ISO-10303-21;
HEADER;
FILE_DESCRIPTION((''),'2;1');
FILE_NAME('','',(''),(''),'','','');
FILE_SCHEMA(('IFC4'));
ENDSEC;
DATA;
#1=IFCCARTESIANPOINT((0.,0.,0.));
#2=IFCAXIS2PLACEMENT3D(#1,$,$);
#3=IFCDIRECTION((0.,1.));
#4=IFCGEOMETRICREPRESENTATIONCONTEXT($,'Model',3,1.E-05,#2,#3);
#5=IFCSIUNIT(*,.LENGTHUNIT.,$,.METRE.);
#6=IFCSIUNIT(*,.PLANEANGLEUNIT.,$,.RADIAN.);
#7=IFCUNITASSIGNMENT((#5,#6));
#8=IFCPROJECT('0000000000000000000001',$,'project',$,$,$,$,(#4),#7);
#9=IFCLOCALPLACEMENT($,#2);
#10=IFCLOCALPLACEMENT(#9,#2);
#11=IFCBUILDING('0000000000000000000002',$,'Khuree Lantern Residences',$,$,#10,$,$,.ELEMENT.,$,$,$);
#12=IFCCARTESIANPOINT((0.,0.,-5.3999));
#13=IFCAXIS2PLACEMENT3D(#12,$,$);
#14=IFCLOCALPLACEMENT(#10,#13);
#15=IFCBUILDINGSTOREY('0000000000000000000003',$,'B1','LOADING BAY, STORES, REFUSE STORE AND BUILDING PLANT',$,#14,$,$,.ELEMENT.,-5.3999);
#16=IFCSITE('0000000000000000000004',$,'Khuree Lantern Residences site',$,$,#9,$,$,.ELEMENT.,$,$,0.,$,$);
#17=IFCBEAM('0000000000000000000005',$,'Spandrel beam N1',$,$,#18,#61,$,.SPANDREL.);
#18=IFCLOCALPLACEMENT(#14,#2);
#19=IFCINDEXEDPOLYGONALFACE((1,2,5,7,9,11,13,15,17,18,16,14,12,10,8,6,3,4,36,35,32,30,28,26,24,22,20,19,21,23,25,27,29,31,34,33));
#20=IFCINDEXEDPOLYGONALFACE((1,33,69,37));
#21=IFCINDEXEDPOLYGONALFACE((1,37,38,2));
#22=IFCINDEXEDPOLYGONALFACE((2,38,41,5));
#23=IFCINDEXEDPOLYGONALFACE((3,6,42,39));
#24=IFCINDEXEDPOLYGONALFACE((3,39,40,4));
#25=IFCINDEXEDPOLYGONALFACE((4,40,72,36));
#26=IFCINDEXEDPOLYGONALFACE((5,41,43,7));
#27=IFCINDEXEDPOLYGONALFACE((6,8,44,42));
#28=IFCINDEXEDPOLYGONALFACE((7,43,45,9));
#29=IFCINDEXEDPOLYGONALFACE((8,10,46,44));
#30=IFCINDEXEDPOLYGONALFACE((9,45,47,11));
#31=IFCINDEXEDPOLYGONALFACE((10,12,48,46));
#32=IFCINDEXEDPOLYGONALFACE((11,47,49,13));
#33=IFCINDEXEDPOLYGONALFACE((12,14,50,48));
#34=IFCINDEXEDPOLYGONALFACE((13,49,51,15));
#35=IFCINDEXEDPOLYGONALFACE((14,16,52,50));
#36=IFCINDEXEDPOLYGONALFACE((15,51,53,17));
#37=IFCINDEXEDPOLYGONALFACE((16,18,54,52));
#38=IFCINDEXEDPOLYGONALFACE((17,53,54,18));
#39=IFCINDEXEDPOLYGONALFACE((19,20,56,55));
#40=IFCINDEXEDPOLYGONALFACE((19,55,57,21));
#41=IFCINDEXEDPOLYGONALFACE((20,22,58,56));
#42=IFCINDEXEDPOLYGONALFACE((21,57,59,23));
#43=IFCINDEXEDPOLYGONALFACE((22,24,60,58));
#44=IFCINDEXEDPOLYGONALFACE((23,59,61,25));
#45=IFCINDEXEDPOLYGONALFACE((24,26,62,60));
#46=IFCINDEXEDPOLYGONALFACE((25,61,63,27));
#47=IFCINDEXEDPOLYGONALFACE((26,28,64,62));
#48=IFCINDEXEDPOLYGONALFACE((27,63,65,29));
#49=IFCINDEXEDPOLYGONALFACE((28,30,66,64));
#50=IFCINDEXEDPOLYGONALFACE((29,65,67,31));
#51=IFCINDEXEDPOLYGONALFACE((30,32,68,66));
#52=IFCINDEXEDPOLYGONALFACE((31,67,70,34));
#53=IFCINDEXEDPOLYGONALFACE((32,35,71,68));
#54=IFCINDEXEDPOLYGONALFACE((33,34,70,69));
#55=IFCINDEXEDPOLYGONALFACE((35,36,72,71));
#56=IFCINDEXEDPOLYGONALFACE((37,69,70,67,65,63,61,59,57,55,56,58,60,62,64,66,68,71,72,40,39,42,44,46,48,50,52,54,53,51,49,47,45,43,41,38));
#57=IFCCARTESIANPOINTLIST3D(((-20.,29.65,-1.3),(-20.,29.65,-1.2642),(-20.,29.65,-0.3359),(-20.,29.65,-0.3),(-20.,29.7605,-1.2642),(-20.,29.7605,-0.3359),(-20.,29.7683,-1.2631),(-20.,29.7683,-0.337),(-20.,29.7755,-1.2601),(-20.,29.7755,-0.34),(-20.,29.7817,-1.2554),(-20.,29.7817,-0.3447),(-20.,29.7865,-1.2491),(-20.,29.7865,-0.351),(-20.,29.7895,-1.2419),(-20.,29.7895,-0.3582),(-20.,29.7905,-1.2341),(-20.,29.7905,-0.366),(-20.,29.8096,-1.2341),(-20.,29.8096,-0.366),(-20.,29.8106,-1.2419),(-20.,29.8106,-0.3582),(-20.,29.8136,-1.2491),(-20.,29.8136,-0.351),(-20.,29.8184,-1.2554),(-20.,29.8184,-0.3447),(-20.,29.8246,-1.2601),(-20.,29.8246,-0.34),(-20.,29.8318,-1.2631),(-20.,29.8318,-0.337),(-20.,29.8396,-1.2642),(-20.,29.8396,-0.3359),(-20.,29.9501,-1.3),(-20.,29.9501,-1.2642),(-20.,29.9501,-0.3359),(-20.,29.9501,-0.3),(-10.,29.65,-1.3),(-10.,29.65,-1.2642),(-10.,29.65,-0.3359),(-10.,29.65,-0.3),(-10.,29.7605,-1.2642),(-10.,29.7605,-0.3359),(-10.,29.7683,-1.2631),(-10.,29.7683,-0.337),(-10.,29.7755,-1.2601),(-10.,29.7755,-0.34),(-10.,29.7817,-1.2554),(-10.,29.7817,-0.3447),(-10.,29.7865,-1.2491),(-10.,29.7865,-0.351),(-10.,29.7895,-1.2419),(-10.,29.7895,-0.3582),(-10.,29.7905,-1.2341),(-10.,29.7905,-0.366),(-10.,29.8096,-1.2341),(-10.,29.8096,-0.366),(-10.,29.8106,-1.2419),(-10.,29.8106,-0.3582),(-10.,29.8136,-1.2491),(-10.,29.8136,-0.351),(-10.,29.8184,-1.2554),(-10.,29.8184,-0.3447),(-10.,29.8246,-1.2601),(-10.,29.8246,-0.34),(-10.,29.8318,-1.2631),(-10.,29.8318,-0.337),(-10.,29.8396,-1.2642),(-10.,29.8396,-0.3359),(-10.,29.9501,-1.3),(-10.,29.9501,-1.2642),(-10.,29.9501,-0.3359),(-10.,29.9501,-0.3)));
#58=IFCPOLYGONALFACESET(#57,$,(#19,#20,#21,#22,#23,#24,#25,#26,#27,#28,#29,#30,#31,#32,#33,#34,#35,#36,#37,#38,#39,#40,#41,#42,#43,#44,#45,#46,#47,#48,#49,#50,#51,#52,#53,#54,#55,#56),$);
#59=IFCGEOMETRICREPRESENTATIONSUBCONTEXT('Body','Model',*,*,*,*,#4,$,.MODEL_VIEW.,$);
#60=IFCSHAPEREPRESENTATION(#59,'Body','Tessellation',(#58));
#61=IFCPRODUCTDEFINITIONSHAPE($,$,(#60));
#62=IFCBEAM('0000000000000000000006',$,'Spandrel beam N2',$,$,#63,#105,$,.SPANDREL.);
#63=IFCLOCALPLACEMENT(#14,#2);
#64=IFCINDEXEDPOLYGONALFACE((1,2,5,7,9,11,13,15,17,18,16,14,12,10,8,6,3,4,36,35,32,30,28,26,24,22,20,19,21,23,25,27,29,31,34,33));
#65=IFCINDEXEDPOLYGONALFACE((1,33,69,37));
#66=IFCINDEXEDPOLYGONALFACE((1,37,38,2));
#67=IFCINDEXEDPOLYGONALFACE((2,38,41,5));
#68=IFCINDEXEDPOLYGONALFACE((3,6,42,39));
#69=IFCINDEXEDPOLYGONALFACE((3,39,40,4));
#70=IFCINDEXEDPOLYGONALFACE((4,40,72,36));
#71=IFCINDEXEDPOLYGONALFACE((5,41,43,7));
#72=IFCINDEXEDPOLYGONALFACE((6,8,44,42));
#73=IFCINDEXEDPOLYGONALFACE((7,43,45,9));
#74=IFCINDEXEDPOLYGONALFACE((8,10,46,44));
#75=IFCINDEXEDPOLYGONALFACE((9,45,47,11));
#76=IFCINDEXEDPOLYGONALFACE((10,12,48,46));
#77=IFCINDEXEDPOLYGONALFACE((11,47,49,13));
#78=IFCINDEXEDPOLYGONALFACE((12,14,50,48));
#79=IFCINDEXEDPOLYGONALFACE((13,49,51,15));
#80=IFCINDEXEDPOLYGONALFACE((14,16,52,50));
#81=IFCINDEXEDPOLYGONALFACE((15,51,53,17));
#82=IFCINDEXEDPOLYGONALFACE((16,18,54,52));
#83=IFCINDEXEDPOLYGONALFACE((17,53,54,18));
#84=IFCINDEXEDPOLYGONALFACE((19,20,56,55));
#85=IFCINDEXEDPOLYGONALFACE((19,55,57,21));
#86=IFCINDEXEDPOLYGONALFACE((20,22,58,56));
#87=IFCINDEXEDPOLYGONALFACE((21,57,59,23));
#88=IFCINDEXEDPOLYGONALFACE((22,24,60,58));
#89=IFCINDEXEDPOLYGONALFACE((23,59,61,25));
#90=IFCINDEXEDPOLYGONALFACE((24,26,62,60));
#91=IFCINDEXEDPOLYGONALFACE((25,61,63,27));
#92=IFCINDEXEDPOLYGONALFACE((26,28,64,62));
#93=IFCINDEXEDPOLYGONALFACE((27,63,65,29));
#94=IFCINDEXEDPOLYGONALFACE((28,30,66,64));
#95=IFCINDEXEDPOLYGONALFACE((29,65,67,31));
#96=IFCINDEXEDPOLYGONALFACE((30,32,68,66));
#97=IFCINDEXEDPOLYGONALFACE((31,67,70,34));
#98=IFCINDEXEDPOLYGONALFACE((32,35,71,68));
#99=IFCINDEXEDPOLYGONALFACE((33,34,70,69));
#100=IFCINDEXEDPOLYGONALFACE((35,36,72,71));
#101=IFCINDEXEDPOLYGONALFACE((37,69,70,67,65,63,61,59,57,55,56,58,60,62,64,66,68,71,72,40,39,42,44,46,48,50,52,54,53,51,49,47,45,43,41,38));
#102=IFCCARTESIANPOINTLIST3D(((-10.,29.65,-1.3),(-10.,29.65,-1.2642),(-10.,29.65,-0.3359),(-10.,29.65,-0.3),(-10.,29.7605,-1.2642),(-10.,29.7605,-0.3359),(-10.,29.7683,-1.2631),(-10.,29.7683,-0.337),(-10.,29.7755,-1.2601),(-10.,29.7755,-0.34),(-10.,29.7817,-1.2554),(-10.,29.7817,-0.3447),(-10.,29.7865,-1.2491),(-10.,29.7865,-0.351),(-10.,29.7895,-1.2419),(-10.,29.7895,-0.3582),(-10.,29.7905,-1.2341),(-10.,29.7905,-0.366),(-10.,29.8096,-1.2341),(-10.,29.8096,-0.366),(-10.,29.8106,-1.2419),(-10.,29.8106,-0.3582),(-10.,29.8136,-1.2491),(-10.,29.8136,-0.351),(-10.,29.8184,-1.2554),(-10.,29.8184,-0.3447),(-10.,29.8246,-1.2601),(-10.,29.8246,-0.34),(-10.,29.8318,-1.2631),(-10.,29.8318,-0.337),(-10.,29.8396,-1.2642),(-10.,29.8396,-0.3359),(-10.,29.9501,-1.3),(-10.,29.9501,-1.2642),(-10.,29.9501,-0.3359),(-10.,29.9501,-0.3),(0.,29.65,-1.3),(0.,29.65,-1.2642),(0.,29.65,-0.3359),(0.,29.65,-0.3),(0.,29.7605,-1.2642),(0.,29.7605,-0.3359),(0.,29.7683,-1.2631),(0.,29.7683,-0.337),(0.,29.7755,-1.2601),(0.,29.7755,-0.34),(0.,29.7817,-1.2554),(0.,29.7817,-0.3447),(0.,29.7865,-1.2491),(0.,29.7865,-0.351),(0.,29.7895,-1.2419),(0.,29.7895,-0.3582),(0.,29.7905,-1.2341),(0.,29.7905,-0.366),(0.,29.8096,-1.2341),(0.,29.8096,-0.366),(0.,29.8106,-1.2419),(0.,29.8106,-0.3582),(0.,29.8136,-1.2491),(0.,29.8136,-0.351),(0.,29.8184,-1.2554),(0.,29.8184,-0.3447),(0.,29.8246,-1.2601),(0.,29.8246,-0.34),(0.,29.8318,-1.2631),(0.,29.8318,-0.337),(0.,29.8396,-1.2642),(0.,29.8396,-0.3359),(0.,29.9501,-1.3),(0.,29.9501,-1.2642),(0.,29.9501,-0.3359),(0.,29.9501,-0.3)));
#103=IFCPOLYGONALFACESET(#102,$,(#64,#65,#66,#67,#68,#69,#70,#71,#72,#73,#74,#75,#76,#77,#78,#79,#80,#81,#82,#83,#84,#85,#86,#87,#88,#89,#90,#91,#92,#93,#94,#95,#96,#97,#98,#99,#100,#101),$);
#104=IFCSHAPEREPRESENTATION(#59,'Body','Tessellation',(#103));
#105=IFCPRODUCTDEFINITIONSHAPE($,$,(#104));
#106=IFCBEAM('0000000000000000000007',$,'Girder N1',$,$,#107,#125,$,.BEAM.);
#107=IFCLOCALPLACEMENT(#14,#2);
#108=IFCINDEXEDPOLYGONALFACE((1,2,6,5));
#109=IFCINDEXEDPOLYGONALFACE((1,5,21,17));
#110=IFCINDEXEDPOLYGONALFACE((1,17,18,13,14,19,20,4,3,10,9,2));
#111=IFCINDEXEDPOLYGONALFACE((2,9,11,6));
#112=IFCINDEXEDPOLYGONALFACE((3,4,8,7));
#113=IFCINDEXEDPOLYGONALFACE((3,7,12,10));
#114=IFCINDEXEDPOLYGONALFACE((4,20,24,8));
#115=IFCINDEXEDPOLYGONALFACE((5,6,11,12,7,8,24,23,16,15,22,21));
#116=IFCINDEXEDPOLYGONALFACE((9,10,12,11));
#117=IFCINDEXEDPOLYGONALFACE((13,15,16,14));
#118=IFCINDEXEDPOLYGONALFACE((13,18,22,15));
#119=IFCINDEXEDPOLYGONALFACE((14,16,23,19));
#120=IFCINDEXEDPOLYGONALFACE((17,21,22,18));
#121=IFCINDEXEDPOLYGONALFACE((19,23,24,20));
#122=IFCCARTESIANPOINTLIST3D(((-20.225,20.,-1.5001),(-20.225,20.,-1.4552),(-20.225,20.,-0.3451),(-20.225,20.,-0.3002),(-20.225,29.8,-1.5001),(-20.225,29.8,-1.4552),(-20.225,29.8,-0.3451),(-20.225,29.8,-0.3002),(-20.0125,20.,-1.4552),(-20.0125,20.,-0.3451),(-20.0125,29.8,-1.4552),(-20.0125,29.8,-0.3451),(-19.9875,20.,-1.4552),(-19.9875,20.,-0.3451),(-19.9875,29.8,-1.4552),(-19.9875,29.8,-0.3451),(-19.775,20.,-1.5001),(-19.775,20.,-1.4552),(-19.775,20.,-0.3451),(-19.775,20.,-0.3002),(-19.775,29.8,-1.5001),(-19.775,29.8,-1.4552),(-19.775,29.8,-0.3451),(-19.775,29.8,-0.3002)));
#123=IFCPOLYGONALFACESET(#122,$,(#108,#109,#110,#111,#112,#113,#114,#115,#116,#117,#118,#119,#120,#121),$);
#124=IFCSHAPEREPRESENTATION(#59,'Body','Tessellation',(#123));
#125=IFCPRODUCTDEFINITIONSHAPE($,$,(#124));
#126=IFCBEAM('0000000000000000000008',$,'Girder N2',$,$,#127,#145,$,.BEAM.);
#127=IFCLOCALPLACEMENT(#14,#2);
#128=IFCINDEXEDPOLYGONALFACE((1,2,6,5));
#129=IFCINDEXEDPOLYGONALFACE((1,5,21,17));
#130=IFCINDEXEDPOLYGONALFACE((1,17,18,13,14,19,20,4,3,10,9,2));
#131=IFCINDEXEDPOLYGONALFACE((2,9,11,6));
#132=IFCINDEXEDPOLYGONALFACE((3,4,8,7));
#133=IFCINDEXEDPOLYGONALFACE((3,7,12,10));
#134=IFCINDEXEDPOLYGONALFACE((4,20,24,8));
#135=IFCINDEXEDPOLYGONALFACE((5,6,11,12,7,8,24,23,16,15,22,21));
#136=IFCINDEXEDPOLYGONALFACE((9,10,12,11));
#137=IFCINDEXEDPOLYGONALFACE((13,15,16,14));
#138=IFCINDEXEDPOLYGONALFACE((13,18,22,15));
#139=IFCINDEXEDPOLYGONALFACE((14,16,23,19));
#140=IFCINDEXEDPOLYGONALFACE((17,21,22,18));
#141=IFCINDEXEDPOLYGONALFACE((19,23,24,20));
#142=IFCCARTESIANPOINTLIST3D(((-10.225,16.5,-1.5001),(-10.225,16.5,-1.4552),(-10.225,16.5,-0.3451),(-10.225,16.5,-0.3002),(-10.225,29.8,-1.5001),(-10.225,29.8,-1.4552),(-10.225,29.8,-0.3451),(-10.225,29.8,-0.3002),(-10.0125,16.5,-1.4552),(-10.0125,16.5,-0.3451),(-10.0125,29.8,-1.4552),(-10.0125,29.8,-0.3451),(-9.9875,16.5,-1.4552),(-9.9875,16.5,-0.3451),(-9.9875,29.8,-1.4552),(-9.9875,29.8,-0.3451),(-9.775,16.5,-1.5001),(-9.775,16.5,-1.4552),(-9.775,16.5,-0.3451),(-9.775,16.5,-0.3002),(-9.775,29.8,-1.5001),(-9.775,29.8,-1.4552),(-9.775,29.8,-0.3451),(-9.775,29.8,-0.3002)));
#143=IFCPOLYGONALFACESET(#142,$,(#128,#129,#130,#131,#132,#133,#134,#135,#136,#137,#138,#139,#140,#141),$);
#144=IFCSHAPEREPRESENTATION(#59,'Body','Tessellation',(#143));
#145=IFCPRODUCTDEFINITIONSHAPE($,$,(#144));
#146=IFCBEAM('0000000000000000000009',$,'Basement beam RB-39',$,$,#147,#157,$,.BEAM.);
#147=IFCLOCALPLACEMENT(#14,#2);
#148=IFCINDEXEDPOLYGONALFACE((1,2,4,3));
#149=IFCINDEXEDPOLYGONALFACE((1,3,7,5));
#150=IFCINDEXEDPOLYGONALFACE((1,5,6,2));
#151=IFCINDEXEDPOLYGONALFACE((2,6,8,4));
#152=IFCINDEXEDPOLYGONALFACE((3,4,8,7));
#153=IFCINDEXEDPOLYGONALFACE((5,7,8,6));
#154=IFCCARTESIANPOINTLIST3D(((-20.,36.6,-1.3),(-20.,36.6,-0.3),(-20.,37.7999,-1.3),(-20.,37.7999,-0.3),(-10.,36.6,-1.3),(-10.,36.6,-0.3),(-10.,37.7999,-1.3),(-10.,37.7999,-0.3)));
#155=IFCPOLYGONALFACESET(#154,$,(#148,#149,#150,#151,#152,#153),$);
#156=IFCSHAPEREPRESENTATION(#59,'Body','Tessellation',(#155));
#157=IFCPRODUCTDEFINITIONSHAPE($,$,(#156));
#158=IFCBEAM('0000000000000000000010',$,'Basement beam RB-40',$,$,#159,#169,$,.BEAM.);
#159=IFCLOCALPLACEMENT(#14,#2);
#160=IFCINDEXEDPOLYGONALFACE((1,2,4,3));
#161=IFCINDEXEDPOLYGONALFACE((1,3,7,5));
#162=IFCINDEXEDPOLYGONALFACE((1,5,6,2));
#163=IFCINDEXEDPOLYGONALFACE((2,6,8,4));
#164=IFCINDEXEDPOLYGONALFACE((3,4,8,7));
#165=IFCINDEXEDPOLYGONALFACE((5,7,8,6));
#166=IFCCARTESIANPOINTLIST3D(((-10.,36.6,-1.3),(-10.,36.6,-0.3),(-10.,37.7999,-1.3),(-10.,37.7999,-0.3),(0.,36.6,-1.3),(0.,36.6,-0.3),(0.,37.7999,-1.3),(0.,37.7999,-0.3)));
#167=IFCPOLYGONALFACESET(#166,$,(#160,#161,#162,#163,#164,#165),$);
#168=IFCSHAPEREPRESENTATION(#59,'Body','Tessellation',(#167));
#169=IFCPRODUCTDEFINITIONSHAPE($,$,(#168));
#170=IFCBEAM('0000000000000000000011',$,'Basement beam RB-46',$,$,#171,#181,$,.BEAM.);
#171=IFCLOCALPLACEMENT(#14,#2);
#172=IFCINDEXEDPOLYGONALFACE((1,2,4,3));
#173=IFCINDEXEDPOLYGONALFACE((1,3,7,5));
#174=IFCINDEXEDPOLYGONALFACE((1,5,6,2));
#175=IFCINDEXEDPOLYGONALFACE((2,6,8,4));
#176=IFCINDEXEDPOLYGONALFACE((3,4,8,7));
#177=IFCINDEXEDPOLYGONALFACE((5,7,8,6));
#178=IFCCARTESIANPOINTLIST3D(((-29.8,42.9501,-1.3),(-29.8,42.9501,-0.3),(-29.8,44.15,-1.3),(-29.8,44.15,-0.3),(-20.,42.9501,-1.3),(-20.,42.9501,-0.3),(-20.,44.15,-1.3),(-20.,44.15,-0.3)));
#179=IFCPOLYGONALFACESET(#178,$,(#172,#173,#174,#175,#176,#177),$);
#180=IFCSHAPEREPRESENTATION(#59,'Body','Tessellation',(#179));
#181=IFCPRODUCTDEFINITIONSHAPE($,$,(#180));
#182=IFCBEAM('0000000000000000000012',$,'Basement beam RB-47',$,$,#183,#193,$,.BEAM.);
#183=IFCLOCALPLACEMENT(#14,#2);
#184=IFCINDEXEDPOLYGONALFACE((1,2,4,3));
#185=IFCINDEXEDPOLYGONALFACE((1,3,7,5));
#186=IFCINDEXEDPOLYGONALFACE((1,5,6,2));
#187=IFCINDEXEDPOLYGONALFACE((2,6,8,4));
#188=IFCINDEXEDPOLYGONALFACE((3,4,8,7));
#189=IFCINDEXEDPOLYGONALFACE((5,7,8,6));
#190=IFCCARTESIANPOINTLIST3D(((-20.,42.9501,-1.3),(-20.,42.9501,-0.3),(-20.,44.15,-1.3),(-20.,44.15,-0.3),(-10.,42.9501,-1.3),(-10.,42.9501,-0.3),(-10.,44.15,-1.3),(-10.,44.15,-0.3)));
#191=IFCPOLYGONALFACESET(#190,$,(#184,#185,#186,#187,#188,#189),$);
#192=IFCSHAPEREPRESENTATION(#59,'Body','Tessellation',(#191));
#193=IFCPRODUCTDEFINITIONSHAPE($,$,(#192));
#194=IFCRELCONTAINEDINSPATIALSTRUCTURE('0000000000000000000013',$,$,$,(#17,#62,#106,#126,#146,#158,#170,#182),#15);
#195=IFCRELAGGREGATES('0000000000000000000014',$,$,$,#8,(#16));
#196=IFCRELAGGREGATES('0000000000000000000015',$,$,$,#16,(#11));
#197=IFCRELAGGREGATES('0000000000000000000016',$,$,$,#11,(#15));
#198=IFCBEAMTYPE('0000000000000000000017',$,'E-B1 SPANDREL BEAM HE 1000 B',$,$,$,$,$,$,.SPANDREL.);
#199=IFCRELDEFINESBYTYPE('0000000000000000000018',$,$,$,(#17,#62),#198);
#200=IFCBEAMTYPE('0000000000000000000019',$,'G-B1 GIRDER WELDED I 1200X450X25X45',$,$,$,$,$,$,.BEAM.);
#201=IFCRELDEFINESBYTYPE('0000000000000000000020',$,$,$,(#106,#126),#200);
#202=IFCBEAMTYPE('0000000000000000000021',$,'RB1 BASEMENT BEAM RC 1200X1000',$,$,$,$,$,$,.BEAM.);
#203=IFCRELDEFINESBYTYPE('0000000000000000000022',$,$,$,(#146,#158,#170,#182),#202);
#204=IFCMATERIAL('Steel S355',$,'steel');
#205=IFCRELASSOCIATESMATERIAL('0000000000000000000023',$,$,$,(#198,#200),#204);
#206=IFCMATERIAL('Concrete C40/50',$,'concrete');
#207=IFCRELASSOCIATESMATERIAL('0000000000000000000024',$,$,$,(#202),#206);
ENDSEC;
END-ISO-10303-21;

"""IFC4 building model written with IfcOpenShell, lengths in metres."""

from ifc_helpers import new_model, si_unit, direction, frame, origin, origin_2d, place, context, subcontext, project, spatial, rectangle, i_section, extrude, material, material_profile, profile_set, type_object, element, save


model = new_model("IFC4")

# Units and contexts
model_context = context("Model", 3, precision=1e-05, world=origin(), true_north=direction((0.0, 1.0)))
body_context = subcontext(model_context, "Body", "Model", "MODEL_VIEW")
ifc_project = project(units=[si_unit("LENGTHUNIT", "METRE"), si_unit("PLANEANGLEUNIT", "RADIAN")], contexts=[model_context])

# Site, building, storey
site_placement = place(None, origin())
site = spatial("IfcSite", under=ifc_project, at=site_placement, Name="Khuree Lantern Residences site", CompositionType="ELEMENT", RefElevation=0.0)
building_placement = place(site_placement, origin())
building = spatial("IfcBuilding", under=site, at=building_placement, Name="Khuree Lantern Residences", CompositionType="ELEMENT")
storey_placement = place(building_placement, frame((0.0, 0.0, -5.3999)))
storey = spatial("IfcBuildingStorey", under=building, at=storey_placement, Name="B1", Description="LOADING BAY, STORES, REFUSE STORE AND BUILDING PLANT", CompositionType="ELEMENT", Elevation=-5.3999)

# Beams
ifc_material_1 = material(Name="Steel S355", Category="steel")
ifc_material_profile_1 = material_profile(ifc_material_1, i_section(OverallWidth=0.3, OverallDepth=1.0, WebThickness=0.019, FlangeThickness=0.0359, FilletRadius=0.03, at=origin_2d()), Name="HE 1000 B")
ifc_profile_set_1 = profile_set([ifc_material_profile_1], Name="Steel S355")
beam_type_1 = type_object("IfcBeamType", Name="E-B1 SPANDREL BEAM HE 1000 B", PredefinedType="SPANDREL", material=ifc_profile_set_1)
for number, where, z_axis, x_axis, name in (
    (1, (-20.0, 29.8, -0.8), (1.0, 0.0, 0.0), (0.0, 1.0, 0.0), "Spandrel beam N1"),
    (2, (-10.0, 29.8, -0.8), (1.0, 0.0, 0.0), (0.0, 1.0, 0.0), "Spandrel beam N2"),
):
    element("IfcBeam", number, at=place(storey_placement, frame(where, z_axis=z_axis, x_axis=x_axis)), inside=storey, type_object=beam_type_1, Name=name, PredefinedType="SPANDREL", context=body_context, shape_type="SweptSolid", body=[
        extrude(i_section(OverallWidth=0.3, OverallDepth=1.0, WebThickness=0.019, FlangeThickness=0.0359, FilletRadius=0.03, at=origin_2d()), origin(), (0.0, 0.0, 1.0), 10.0),
    ])
ifc_material_profile_2 = material_profile(ifc_material_1, i_section(OverallWidth=0.45, OverallDepth=1.2, WebThickness=0.0249, FlangeThickness=0.0449, at=origin_2d()), Name="WELDED I 1200X450X25X45")
ifc_profile_set_2 = profile_set([ifc_material_profile_2], Name="Steel S355")
beam_type_2 = type_object("IfcBeamType", Name="G-B1 GIRDER WELDED I 1200X450X25X45", PredefinedType="BEAM", material=ifc_profile_set_2)
beam_1_placement = place(storey_placement, frame((-20.0, 29.8, -0.9001), z_axis=(0.0, -1.0, 0.0), x_axis=(1.0, 0.0, 0.0)))
element("IfcBeam", 3, at=beam_1_placement, inside=storey, type_object=beam_type_2, Name="Girder N1", PredefinedType="BEAM", context=body_context, shape_type="SweptSolid", body=[
    extrude(i_section(OverallWidth=0.45, OverallDepth=1.2, WebThickness=0.0249, FlangeThickness=0.0449, at=origin_2d()), origin(), (0.0, 0.0, 1.0), 9.8),
])
beam_2_placement = place(storey_placement, frame((-10.0, 29.8, -0.9001), z_axis=(0.0, -1.0, 0.0), x_axis=(1.0, 0.0, 0.0)))
element("IfcBeam", 4, at=beam_2_placement, inside=storey, type_object=beam_type_2, Name="Girder N2", PredefinedType="BEAM", context=body_context, shape_type="SweptSolid", body=[
    extrude(i_section(OverallWidth=0.45, OverallDepth=1.2, WebThickness=0.0249, FlangeThickness=0.0449, at=origin_2d()), origin(), (0.0, 0.0, 1.0), 13.3),
])
ifc_material_2 = material(Name="Concrete C40/50", Category="concrete")
ifc_material_profile_3 = material_profile(ifc_material_2, rectangle(XDim=1.2, YDim=1.0, at=origin_2d()), Name="RC 1200X1000")
ifc_profile_set_3 = profile_set([ifc_material_profile_3], Name="Concrete C40/50")
beam_type_3 = type_object("IfcBeamType", Name="RB1 BASEMENT BEAM RC 1200X1000", PredefinedType="BEAM", material=ifc_profile_set_3)
for number, where, z_axis, x_axis, name in (
    (5, (-20.0, 37.2, -0.8), (1.0, 0.0, 0.0), (0.0, 1.0, 0.0), "Basement beam RB-39"),
    (6, (-10.0, 37.2, -0.8), (1.0, 0.0, 0.0), (0.0, 1.0, 0.0), "Basement beam RB-40"),
):
    element("IfcBeam", number, at=place(storey_placement, frame(where, z_axis=z_axis, x_axis=x_axis)), inside=storey, type_object=beam_type_3, Name=name, PredefinedType="BEAM", context=body_context, shape_type="SweptSolid", body=[
        extrude(rectangle(XDim=1.2, YDim=1.0, at=origin_2d()), origin(), (0.0, 0.0, 1.0), 10.0),
    ])
beam_3_placement = place(storey_placement, frame((-29.8, 43.55, -0.8), z_axis=(1.0, 0.0, 0.0), x_axis=(0.0, 1.0, 0.0)))
element("IfcBeam", 7, at=beam_3_placement, inside=storey, type_object=beam_type_3, Name="Basement beam RB-46", PredefinedType="BEAM", context=body_context, shape_type="SweptSolid", body=[
    extrude(rectangle(XDim=1.2, YDim=1.0, at=origin_2d()), origin(), (0.0, 0.0, 1.0), 9.8),
])
for number, where, z_axis, x_axis, name in (
    (8, (-20.0, 43.55, -0.8), (1.0, 0.0, 0.0), (0.0, 1.0, 0.0), "Basement beam RB-47"),
):
    element("IfcBeam", number, at=place(storey_placement, frame(where, z_axis=z_axis, x_axis=x_axis)), inside=storey, type_object=beam_type_3, Name=name, PredefinedType="BEAM", context=body_context, shape_type="SweptSolid", body=[
        extrude(rectangle(XDim=1.2, YDim=1.0, at=origin_2d()), origin(), (0.0, 0.0, 1.0), 10.0),
    ])

save(model, "model.ifc")
